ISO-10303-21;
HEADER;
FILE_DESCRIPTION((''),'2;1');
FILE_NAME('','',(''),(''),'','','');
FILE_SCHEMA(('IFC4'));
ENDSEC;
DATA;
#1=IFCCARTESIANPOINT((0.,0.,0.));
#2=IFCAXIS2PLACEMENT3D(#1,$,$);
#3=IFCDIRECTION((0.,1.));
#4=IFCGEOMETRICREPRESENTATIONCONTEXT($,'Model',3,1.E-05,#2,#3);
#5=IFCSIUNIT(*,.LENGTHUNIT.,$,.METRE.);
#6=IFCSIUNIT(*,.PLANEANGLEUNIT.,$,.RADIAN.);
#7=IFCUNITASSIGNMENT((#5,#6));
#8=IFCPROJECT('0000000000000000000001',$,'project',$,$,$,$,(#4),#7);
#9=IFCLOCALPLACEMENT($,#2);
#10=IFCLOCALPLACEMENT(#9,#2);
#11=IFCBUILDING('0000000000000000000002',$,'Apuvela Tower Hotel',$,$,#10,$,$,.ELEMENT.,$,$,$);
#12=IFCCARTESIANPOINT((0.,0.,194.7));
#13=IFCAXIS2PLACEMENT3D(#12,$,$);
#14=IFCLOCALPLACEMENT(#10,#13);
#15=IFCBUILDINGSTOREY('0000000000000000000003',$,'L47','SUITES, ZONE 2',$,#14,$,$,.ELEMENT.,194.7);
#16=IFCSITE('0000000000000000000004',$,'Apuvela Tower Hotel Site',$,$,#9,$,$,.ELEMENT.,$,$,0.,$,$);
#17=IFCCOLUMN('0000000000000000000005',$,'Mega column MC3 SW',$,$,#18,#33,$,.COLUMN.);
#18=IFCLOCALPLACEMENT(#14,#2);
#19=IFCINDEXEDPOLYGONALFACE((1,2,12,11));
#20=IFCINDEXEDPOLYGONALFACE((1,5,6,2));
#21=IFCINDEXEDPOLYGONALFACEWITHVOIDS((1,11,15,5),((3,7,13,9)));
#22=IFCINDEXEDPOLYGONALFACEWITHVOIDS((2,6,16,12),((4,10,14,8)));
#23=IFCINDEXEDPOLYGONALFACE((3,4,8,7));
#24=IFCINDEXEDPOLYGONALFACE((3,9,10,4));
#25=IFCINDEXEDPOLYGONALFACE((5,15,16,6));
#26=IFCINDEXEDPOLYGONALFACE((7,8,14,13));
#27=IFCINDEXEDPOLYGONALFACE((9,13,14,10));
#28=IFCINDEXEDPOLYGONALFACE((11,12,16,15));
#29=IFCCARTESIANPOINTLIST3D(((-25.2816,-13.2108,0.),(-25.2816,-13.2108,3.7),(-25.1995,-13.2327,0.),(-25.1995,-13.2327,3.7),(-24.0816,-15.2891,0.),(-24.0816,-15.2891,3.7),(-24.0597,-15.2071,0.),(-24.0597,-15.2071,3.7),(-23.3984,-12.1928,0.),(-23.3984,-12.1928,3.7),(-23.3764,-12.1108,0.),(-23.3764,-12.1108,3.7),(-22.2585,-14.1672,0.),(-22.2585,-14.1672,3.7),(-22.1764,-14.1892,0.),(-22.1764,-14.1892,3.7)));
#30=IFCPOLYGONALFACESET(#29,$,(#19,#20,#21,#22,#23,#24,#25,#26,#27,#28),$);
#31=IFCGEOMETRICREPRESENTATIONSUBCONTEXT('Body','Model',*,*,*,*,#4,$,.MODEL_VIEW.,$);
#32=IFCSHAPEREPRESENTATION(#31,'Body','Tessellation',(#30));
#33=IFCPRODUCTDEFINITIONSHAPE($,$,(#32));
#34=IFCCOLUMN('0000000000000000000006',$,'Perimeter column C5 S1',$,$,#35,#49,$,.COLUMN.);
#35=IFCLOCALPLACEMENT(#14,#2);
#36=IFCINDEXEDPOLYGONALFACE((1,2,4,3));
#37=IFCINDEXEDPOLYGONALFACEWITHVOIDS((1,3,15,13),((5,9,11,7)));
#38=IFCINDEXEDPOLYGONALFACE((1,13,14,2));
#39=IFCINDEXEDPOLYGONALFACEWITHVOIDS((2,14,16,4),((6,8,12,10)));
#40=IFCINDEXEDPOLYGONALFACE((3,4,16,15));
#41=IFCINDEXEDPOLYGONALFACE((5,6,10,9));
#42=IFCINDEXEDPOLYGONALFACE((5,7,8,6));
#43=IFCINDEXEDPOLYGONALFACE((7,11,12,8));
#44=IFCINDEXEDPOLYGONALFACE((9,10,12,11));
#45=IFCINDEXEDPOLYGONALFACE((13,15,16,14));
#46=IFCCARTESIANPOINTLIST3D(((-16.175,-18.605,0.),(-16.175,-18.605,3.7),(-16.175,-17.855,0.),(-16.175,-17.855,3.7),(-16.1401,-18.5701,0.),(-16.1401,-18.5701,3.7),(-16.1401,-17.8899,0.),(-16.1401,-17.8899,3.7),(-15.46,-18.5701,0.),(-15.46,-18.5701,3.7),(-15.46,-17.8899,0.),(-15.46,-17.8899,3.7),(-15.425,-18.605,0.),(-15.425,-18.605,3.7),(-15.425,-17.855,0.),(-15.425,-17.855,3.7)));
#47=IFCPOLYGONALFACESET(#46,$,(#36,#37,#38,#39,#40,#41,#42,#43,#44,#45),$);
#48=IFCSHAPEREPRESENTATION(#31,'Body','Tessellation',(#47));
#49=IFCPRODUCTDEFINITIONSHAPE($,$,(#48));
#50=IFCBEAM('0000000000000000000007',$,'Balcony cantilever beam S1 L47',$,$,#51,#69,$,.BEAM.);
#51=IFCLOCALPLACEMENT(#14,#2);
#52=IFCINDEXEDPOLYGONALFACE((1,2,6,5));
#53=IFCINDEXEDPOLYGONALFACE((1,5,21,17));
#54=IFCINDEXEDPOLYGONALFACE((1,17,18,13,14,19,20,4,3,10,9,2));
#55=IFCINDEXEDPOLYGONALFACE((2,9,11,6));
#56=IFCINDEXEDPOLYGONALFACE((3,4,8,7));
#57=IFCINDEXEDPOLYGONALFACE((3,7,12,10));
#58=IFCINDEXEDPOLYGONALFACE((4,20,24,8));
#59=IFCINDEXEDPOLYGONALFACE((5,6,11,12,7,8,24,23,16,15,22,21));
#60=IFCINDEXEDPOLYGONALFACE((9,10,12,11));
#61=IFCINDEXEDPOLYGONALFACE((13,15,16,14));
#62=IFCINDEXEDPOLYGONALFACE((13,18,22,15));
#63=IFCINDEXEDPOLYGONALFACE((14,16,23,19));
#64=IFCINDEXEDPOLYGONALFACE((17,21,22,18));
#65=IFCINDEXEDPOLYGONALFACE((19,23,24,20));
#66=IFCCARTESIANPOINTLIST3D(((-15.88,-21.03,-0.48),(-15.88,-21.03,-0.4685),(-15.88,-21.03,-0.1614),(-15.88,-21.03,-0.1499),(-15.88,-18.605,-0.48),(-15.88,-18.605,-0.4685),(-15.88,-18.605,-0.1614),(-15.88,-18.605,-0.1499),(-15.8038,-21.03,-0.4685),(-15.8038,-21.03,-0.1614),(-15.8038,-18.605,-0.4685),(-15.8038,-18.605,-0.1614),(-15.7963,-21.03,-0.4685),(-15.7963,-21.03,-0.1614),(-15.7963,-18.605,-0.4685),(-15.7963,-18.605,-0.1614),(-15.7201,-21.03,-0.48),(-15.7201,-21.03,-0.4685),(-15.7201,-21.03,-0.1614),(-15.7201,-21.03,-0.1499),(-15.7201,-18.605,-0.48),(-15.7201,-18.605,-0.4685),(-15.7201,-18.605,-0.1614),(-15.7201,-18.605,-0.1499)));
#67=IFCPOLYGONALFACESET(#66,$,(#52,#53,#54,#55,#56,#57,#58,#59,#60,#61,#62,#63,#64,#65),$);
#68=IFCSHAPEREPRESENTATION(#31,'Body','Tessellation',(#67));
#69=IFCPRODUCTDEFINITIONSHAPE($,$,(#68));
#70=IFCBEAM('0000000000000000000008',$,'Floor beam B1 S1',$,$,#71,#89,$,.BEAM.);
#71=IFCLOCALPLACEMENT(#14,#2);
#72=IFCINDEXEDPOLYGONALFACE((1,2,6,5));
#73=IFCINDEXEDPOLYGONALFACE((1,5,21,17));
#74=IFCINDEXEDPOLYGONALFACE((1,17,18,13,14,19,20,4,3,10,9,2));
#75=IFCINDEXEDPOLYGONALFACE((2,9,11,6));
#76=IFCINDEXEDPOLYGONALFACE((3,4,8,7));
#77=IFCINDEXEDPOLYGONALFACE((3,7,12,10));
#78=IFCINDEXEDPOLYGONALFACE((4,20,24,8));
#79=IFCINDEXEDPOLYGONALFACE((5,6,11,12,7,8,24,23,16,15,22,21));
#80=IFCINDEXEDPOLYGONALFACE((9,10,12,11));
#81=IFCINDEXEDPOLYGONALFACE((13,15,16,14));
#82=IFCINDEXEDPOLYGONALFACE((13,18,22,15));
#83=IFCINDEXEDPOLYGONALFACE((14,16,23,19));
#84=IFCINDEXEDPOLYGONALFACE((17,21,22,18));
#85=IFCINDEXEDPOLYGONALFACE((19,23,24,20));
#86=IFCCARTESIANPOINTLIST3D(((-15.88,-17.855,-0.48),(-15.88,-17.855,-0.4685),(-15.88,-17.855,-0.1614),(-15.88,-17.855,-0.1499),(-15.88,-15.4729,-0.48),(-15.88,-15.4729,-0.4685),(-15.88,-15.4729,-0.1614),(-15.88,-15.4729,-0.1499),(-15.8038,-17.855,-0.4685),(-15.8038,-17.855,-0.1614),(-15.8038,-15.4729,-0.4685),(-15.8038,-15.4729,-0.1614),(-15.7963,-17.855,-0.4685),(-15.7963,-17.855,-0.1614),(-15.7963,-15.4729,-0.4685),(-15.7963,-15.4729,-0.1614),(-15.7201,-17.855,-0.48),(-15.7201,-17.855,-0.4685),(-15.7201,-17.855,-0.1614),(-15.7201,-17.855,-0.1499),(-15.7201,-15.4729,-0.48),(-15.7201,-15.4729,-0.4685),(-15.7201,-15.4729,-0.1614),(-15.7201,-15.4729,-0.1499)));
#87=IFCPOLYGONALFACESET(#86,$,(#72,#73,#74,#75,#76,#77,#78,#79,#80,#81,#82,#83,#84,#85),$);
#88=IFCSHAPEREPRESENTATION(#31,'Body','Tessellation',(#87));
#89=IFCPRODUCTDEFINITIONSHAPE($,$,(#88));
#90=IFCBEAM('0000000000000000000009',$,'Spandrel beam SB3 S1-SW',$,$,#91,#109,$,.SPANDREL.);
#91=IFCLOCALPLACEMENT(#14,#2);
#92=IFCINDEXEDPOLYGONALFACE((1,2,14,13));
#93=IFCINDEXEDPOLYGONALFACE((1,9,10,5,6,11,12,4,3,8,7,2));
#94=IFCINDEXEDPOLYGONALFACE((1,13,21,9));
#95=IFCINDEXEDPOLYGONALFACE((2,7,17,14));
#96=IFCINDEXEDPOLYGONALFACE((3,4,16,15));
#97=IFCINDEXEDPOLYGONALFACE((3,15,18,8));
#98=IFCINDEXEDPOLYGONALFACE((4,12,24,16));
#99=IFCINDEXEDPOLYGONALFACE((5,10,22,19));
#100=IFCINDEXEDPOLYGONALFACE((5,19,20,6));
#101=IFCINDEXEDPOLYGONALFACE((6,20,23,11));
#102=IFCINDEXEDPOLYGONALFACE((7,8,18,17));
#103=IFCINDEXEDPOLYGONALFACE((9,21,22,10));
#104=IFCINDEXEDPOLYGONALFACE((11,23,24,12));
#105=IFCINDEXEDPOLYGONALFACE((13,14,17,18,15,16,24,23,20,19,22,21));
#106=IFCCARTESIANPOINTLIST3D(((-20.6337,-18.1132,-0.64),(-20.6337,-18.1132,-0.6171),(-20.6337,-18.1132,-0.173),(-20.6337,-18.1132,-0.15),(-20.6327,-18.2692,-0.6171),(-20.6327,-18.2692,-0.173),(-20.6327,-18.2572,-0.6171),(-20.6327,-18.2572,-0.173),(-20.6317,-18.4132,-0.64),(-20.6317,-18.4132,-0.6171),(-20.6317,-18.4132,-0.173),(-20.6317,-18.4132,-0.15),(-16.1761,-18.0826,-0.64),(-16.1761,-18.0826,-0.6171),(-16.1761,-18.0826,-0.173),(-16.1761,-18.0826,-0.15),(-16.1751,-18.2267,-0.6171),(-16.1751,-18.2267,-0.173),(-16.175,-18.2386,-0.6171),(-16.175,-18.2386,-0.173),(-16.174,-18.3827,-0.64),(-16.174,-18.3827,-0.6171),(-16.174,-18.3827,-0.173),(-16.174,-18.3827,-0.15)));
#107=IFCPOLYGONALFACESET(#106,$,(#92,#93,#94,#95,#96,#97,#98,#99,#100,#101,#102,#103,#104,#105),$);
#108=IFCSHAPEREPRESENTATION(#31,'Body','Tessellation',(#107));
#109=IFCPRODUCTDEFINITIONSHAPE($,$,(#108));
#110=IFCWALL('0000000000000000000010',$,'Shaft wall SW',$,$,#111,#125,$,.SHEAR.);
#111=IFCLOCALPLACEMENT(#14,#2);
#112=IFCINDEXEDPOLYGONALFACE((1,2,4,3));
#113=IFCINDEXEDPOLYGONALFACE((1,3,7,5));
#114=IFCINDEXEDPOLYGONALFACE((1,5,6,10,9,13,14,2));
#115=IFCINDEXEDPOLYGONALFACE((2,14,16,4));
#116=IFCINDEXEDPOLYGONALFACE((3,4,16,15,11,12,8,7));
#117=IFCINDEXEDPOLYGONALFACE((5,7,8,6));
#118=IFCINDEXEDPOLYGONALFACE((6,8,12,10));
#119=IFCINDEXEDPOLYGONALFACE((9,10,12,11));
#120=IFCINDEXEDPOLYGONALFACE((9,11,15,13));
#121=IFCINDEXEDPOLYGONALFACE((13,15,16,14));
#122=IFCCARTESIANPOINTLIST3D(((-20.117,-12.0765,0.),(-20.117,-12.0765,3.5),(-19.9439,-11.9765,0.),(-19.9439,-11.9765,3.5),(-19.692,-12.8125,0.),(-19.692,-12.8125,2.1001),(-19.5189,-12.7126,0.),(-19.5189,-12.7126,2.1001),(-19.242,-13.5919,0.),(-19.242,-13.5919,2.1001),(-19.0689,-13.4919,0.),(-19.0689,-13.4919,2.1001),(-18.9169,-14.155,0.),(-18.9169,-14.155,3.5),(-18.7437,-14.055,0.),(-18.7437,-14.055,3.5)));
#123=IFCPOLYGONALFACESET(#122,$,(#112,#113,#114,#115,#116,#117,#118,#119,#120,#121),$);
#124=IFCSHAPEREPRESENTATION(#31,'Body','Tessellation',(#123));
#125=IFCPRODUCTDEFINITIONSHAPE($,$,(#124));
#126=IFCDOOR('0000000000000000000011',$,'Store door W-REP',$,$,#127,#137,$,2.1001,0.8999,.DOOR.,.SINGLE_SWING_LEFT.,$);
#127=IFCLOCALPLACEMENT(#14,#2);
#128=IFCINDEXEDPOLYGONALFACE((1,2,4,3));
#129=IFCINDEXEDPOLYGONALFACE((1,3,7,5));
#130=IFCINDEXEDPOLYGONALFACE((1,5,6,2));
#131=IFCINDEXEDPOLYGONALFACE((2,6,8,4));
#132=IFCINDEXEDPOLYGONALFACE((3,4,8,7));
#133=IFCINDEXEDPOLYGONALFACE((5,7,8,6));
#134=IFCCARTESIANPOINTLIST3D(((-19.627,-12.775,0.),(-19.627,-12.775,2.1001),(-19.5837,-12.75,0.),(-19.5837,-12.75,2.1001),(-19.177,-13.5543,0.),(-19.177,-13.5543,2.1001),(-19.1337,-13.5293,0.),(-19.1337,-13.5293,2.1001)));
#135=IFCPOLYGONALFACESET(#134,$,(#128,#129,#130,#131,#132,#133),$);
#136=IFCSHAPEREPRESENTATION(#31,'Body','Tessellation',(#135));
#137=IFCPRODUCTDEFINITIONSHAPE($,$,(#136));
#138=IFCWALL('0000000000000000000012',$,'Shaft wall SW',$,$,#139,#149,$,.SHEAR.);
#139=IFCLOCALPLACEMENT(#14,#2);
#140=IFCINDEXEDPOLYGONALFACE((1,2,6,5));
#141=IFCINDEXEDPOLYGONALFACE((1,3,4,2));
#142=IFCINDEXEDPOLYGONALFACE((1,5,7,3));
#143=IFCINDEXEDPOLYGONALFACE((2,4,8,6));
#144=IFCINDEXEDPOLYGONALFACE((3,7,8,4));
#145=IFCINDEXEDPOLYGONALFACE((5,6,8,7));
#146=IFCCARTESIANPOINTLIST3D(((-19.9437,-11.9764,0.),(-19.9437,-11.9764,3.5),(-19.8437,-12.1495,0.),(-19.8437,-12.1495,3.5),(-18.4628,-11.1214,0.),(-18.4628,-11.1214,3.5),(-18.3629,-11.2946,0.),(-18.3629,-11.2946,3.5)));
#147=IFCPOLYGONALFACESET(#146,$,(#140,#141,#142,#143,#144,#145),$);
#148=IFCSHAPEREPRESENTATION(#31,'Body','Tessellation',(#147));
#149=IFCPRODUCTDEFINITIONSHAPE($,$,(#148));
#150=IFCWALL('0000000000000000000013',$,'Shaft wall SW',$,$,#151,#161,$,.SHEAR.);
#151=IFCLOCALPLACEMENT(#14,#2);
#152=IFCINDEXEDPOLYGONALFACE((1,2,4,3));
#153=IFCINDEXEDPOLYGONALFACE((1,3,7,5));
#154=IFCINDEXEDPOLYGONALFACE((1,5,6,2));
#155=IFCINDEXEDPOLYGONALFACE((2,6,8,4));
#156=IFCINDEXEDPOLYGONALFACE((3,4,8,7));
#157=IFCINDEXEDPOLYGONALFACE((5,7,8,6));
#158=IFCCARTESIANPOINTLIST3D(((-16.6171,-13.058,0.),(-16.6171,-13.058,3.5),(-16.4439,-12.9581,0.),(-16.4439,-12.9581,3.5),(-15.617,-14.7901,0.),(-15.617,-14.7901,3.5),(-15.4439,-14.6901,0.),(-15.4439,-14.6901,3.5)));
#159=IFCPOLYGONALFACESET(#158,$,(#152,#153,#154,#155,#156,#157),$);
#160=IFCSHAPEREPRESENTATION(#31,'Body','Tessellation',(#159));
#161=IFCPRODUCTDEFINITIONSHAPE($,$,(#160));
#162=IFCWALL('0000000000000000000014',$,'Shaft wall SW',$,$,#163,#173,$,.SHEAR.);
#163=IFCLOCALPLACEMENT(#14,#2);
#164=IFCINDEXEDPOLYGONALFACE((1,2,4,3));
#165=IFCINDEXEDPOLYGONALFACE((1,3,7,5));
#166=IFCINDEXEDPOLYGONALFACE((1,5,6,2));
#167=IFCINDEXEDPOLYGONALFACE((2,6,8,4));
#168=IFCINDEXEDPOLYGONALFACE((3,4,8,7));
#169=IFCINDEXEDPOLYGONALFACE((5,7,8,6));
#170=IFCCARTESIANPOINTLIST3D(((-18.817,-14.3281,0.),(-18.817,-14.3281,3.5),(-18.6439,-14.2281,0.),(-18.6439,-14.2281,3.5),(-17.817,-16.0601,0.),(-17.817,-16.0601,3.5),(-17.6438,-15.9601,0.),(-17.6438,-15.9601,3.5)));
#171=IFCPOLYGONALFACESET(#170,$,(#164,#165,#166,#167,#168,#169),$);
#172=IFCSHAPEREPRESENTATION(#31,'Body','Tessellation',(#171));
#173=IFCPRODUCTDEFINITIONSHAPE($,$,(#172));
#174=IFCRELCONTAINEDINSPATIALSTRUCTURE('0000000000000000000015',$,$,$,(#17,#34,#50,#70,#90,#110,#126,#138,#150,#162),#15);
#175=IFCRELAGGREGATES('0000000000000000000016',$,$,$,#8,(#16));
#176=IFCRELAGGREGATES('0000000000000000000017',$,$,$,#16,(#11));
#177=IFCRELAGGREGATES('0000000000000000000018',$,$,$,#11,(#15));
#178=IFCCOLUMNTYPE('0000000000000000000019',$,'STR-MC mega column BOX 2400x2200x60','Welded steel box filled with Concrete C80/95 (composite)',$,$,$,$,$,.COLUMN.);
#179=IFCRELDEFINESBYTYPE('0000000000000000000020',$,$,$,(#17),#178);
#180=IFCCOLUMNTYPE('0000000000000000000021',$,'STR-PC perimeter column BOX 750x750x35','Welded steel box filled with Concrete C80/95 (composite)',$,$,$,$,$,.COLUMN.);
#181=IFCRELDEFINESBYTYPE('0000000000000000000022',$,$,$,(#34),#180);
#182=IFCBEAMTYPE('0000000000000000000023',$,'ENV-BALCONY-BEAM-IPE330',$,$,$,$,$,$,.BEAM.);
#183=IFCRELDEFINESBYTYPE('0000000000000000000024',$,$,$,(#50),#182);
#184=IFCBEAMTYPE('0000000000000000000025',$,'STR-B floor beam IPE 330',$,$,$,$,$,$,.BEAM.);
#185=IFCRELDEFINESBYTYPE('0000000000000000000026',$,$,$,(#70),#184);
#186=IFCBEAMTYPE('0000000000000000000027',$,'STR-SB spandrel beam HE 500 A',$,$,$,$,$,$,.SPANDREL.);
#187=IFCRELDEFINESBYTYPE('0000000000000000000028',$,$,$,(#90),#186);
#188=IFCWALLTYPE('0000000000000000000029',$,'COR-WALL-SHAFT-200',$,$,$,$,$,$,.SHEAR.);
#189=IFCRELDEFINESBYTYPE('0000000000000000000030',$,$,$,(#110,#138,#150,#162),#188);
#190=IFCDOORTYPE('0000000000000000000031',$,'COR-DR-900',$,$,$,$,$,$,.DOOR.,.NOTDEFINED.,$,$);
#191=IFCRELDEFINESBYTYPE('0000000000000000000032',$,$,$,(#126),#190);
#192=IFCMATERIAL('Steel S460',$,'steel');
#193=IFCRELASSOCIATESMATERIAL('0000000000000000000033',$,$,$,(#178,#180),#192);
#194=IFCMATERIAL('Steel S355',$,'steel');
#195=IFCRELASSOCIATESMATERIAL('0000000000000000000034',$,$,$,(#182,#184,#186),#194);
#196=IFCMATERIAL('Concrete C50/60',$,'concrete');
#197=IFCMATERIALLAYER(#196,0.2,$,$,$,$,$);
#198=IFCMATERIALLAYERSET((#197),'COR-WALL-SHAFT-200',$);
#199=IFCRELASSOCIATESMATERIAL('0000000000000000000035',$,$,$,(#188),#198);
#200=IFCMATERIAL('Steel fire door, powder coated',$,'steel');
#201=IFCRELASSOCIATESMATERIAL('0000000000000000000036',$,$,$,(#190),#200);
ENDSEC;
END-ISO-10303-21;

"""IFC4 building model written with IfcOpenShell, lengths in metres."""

from ifc_helpers import new_model, si_unit, direction, frame, frame_2d, origin, origin_2d, place, context, subcontext, project, spatial, rectangle, hollow_rectangle, i_section, extrude, material, layer, layer_set, material_profile, profile_set, type_object, element, fill, save


model = new_model("IFC4")

# Units and contexts
model_context = context("Model", 3, precision=1e-05, world=origin(), true_north=direction((0.0, 1.0)))
body_context = subcontext(model_context, "Body", "Model", "MODEL_VIEW")
ifc_project = project(units=[si_unit("LENGTHUNIT", "METRE"), si_unit("PLANEANGLEUNIT", "RADIAN")], contexts=[model_context])

# Site, building, storey
site_placement = place(None, origin())
site = spatial("IfcSite", under=ifc_project, at=site_placement, Name="Apuvela Tower Hotel Site", CompositionType="ELEMENT", RefElevation=0.0)
building_placement = place(site_placement, origin())
building = spatial("IfcBuilding", under=site, at=building_placement, Name="Apuvela Tower Hotel", CompositionType="ELEMENT")
storey_placement = place(building_placement, frame((0.0, 0.0, 194.7)))
storey = spatial("IfcBuildingStorey", under=building, at=storey_placement, Name="L47", Description="SUITES, ZONE 2", CompositionType="ELEMENT", Elevation=194.7)

# Columns
ifc_material_1 = material(Name="Steel S460", Category="steel")
ifc_material_profile_1 = material_profile(ifc_material_1, hollow_rectangle(XDim=2.3999, YDim=2.2, WallThickness=0.0601, at=origin_2d()), Name="BOX 2400x2200x60")
ifc_material_2 = material(Name="Concrete C80/95", Category="concrete")
ifc_material_profile_2 = material_profile(ifc_material_2, rectangle(XDim=2.28, YDim=2.0801, at=origin_2d()), Name="Concrete C80/95 infill")
ifc_profile_set_1 = profile_set([ifc_material_profile_1, ifc_material_profile_2], Name="Steel S460")
column_type_1 = type_object("IfcColumnType", Name="STR-MC mega column BOX 2400x2200x60", Description="Welded steel box filled with Concrete C80/95 (composite)", PredefinedType="COLUMN", material=ifc_profile_set_1)
column_1_placement = place(storey_placement, frame((-23.729, -13.7, 0.0), z_axis=(0.0, 0.0, 1.0), x_axis=(-0.5, 0.866025, 0.0)))
element("IfcColumn", 1, at=column_1_placement, inside=storey, type_object=column_type_1, Name="Mega column MC3 SW", PredefinedType="COLUMN", context=body_context, shape_type="SweptSolid", body=[
    extrude(hollow_rectangle(XDim=2.3999, YDim=2.2, WallThickness=0.0601, at=origin_2d()), origin(), (0.0, 0.0, 1.0), 3.7),
])
ifc_material_profile_3 = material_profile(ifc_material_1, hollow_rectangle(XDim=0.75, YDim=0.75, WallThickness=0.0349, at=origin_2d()), Name="BOX 750x750x35")
ifc_material_profile_4 = material_profile(ifc_material_2, rectangle(XDim=0.6799, YDim=0.6799, at=origin_2d()), Name="Concrete C80/95 infill")
ifc_profile_set_2 = profile_set([ifc_material_profile_3, ifc_material_profile_4], Name="Steel S460")
column_type_2 = type_object("IfcColumnType", Name="STR-PC perimeter column BOX 750x750x35", Description="Welded steel box filled with Concrete C80/95 (composite)", PredefinedType="COLUMN", material=ifc_profile_set_2)
column_2_placement = place(storey_placement, frame((-15.8, -18.23, 0.0), z_axis=(0.0, 0.0, 1.0), x_axis=(-1.0, 0.0, 0.0)))
element("IfcColumn", 2, at=column_2_placement, inside=storey, type_object=column_type_2, Name="Perimeter column C5 S1", PredefinedType="COLUMN", context=body_context, shape_type="SweptSolid", body=[
    extrude(hollow_rectangle(XDim=0.75, YDim=0.75, WallThickness=0.0349, at=origin_2d()), origin(), (0.0, 0.0, 1.0), 3.7),
])

# Beams
ifc_material_3 = material(Name="Steel S355", Category="steel")
ifc_material_profile_5 = material_profile(ifc_material_3, i_section(OverallWidth=0.1599, OverallDepth=0.3301, WebThickness=0.0076, FlangeThickness=0.0115, at=origin_2d()), Name="IPE 330")
ifc_profile_set_3 = profile_set([ifc_material_profile_5], Name="Steel S355")
beam_type_1 = type_object("IfcBeamType", Name="ENV-BALCONY-BEAM-IPE330", PredefinedType="BEAM", material=ifc_profile_set_3)
beam_1_placement = place(storey_placement, frame((-15.8, -18.605, -0.3149), z_axis=(0.0, -1.0, 0.0), x_axis=(1.0, 0.0, 0.0)))
element("IfcBeam", 3, at=beam_1_placement, inside=storey, type_object=beam_type_1, Name="Balcony cantilever beam S1 L47", PredefinedType="BEAM", context=body_context, shape_type="SweptSolid", body=[
    extrude(i_section(OverallWidth=0.1599, OverallDepth=0.3301, WebThickness=0.0076, FlangeThickness=0.0115, at=origin_2d()), origin(), (0.0, 0.0, 1.0), 2.425),
])
ifc_material_profile_6 = material_profile(ifc_material_3, i_section(OverallWidth=0.1599, OverallDepth=0.3301, WebThickness=0.0076, FlangeThickness=0.0115, at=origin_2d()), Name="IPE 330")
ifc_profile_set_4 = profile_set([ifc_material_profile_6], Name="Steel S355")
beam_type_2 = type_object("IfcBeamType", Name="STR-B floor beam IPE 330", PredefinedType="BEAM", material=ifc_profile_set_4)
beam_2_placement = place(storey_placement, frame((-15.8, -17.855, -0.3149), z_axis=(0.0, 1.0, 0.0), x_axis=(-1.0, 0.0, 0.0)))
element("IfcBeam", 4, at=beam_2_placement, inside=storey, type_object=beam_type_2, Name="Floor beam B1 S1", PredefinedType="BEAM", context=body_context, shape_type="SweptSolid", body=[
    extrude(i_section(OverallWidth=0.1599, OverallDepth=0.3301, WebThickness=0.0076, FlangeThickness=0.0115, at=origin_2d()), origin(), (0.0, 0.0, 1.0), 2.3821),
])
ifc_material_profile_7 = material_profile(ifc_material_3, i_section(OverallWidth=0.3, OverallDepth=0.49, WebThickness=0.012, FlangeThickness=0.0229, at=origin_2d()), Name="HE 500 A")
ifc_profile_set_5 = profile_set([ifc_material_profile_7], Name="Steel S355")
beam_type_3 = type_object("IfcBeamType", Name="STR-SB spandrel beam HE 500 A", PredefinedType="SPANDREL", material=ifc_profile_set_5)
beam_3_placement = place(storey_placement, frame((-16.175, -18.2327, -0.395), z_axis=(-0.999977, -0.006846, 0.0), x_axis=(0.006846, -0.999977, 0.0)))
element("IfcBeam", 5, at=beam_3_placement, inside=storey, type_object=beam_type_3, Name="Spandrel beam SB3 S1-SW", PredefinedType="SPANDREL", context=body_context, shape_type="SweptSolid", body=[
    extrude(i_section(OverallWidth=0.3, OverallDepth=0.49, WebThickness=0.012, FlangeThickness=0.0229, at=origin_2d()), origin(), (0.0, 0.0, 1.0), 4.4578),
])

# Wall, opening, door
ifc_material_4 = material(Name="Concrete C50/60", Category="concrete")
ifc_layer_1 = layer(ifc_material_4, 0.2)
ifc_layer_set_1 = layer_set([ifc_layer_1], Name="COR-WALL-SHAFT-200")
wall_type_1 = type_object("IfcWallType", Name="COR-WALL-SHAFT-200", PredefinedType="SHEAR", material=ifc_layer_set_1)
wall_1_placement = place(storey_placement, frame((-20.0305, -12.0264, 0.0), z_axis=(0.0, 0.0, 1.0), x_axis=(0.500034, -0.866006, 0.0)))
wall_1 = element("IfcWall", 6, at=wall_1_placement, inside=storey, type_object=wall_type_1, Name="Shaft wall SW", PredefinedType="SHEAR", context=body_context, shape_type="SweptSolid", body=[
    extrude(rectangle(XDim=2.4001, YDim=0.2, at=frame_2d((1.2002, 0.0))), origin(), (0.0, 0.0, 1.0), 3.5),
])
opening_1_placement = place(wall_1_placement, frame((0.8501, 0.0, 0.0)))
opening_1 = element("IfcOpeningElement", 7, at=opening_1_placement, cuts=wall_1, PredefinedType="OPENING", context=body_context, shape_type="SweptSolid", body=[
    extrude(rectangle(XDim=0.8999, YDim=2.1001, at=frame_2d((0.45, 1.05))), frame((0.0, 0.1099, 0.0), z_axis=(0.0, -1.0, 0.0), x_axis=(1.0, 0.0, 0.0)), (0.0, 0.0, 1.0), 0.22),
])
ifc_material_5 = material(Name="Steel fire door, powder coated", Category="steel")
door_type_1 = type_object("IfcDoorType", Name="COR-DR-900", OperationType="NOTDEFINED", PredefinedType="DOOR", material=ifc_material_5)
door_1_placement = place(opening_1_placement, frame((0.8999, 0.0, 0.0), z_axis=(0.0, 0.0, 1.0), x_axis=(-1.0, 0.0, 0.0)))
door_1 = element("IfcDoor", 8, at=door_1_placement, inside=storey, type_object=door_type_1, Name="Store door W-REP", OperationType="SINGLE_SWING_LEFT", OverallHeight=2.1001, OverallWidth=0.8999, PredefinedType="DOOR", context=body_context, shape_type="SweptSolid", body=[
    extrude(rectangle(XDim=0.8999, YDim=2.1001, at=frame_2d((0.45, 1.05))), frame((0.0, 0.0249, 0.0), z_axis=(0.0, -1.0, 0.0), x_axis=(1.0, 0.0, 0.0)), (0.0, 0.0, 1.0), 0.05),
])
fill(opening_1, door_1)

# Walls
wall_2_placement = place(storey_placement, frame((-18.4128, -11.208, 0.0), z_axis=(0.0, 0.0, 1.0), x_axis=(-0.866038, -0.499978, 0.0)))
element("IfcWall", 9, at=wall_2_placement, inside=storey, type_object=wall_type_1, Name="Shaft wall SW", PredefinedType="SHEAR", context=body_context, shape_type="SweptSolid", body=[
    extrude(rectangle(XDim=1.71, YDim=0.2, at=frame_2d((0.855, 0.0))), origin(), (0.0, 0.0, 1.0), 3.5),
])
for number, where, z_axis, x_axis, name in (
    (10, (-16.5305, -13.0081, 0.0), (0.0, 0.0, 1.0), (0.500025, -0.866011, 0.0), "Shaft wall SW"),
    (11, (-18.7305, -14.2781, 0.0), (0.0, 0.0, 1.0), (0.500025, -0.866011, 0.0), "Shaft wall SW"),
):
    element("IfcWall", number, at=place(storey_placement, frame(where, z_axis=z_axis, x_axis=x_axis)), inside=storey, type_object=wall_type_1, Name=name, PredefinedType="SHEAR", context=body_context, shape_type="SweptSolid", body=[
        extrude(rectangle(XDim=2.0, YDim=0.2, at=frame_2d((1.0, 0.0))), origin(), (0.0, 0.0, 1.0), 3.5),
    ])

save(model, "model.ifc")
